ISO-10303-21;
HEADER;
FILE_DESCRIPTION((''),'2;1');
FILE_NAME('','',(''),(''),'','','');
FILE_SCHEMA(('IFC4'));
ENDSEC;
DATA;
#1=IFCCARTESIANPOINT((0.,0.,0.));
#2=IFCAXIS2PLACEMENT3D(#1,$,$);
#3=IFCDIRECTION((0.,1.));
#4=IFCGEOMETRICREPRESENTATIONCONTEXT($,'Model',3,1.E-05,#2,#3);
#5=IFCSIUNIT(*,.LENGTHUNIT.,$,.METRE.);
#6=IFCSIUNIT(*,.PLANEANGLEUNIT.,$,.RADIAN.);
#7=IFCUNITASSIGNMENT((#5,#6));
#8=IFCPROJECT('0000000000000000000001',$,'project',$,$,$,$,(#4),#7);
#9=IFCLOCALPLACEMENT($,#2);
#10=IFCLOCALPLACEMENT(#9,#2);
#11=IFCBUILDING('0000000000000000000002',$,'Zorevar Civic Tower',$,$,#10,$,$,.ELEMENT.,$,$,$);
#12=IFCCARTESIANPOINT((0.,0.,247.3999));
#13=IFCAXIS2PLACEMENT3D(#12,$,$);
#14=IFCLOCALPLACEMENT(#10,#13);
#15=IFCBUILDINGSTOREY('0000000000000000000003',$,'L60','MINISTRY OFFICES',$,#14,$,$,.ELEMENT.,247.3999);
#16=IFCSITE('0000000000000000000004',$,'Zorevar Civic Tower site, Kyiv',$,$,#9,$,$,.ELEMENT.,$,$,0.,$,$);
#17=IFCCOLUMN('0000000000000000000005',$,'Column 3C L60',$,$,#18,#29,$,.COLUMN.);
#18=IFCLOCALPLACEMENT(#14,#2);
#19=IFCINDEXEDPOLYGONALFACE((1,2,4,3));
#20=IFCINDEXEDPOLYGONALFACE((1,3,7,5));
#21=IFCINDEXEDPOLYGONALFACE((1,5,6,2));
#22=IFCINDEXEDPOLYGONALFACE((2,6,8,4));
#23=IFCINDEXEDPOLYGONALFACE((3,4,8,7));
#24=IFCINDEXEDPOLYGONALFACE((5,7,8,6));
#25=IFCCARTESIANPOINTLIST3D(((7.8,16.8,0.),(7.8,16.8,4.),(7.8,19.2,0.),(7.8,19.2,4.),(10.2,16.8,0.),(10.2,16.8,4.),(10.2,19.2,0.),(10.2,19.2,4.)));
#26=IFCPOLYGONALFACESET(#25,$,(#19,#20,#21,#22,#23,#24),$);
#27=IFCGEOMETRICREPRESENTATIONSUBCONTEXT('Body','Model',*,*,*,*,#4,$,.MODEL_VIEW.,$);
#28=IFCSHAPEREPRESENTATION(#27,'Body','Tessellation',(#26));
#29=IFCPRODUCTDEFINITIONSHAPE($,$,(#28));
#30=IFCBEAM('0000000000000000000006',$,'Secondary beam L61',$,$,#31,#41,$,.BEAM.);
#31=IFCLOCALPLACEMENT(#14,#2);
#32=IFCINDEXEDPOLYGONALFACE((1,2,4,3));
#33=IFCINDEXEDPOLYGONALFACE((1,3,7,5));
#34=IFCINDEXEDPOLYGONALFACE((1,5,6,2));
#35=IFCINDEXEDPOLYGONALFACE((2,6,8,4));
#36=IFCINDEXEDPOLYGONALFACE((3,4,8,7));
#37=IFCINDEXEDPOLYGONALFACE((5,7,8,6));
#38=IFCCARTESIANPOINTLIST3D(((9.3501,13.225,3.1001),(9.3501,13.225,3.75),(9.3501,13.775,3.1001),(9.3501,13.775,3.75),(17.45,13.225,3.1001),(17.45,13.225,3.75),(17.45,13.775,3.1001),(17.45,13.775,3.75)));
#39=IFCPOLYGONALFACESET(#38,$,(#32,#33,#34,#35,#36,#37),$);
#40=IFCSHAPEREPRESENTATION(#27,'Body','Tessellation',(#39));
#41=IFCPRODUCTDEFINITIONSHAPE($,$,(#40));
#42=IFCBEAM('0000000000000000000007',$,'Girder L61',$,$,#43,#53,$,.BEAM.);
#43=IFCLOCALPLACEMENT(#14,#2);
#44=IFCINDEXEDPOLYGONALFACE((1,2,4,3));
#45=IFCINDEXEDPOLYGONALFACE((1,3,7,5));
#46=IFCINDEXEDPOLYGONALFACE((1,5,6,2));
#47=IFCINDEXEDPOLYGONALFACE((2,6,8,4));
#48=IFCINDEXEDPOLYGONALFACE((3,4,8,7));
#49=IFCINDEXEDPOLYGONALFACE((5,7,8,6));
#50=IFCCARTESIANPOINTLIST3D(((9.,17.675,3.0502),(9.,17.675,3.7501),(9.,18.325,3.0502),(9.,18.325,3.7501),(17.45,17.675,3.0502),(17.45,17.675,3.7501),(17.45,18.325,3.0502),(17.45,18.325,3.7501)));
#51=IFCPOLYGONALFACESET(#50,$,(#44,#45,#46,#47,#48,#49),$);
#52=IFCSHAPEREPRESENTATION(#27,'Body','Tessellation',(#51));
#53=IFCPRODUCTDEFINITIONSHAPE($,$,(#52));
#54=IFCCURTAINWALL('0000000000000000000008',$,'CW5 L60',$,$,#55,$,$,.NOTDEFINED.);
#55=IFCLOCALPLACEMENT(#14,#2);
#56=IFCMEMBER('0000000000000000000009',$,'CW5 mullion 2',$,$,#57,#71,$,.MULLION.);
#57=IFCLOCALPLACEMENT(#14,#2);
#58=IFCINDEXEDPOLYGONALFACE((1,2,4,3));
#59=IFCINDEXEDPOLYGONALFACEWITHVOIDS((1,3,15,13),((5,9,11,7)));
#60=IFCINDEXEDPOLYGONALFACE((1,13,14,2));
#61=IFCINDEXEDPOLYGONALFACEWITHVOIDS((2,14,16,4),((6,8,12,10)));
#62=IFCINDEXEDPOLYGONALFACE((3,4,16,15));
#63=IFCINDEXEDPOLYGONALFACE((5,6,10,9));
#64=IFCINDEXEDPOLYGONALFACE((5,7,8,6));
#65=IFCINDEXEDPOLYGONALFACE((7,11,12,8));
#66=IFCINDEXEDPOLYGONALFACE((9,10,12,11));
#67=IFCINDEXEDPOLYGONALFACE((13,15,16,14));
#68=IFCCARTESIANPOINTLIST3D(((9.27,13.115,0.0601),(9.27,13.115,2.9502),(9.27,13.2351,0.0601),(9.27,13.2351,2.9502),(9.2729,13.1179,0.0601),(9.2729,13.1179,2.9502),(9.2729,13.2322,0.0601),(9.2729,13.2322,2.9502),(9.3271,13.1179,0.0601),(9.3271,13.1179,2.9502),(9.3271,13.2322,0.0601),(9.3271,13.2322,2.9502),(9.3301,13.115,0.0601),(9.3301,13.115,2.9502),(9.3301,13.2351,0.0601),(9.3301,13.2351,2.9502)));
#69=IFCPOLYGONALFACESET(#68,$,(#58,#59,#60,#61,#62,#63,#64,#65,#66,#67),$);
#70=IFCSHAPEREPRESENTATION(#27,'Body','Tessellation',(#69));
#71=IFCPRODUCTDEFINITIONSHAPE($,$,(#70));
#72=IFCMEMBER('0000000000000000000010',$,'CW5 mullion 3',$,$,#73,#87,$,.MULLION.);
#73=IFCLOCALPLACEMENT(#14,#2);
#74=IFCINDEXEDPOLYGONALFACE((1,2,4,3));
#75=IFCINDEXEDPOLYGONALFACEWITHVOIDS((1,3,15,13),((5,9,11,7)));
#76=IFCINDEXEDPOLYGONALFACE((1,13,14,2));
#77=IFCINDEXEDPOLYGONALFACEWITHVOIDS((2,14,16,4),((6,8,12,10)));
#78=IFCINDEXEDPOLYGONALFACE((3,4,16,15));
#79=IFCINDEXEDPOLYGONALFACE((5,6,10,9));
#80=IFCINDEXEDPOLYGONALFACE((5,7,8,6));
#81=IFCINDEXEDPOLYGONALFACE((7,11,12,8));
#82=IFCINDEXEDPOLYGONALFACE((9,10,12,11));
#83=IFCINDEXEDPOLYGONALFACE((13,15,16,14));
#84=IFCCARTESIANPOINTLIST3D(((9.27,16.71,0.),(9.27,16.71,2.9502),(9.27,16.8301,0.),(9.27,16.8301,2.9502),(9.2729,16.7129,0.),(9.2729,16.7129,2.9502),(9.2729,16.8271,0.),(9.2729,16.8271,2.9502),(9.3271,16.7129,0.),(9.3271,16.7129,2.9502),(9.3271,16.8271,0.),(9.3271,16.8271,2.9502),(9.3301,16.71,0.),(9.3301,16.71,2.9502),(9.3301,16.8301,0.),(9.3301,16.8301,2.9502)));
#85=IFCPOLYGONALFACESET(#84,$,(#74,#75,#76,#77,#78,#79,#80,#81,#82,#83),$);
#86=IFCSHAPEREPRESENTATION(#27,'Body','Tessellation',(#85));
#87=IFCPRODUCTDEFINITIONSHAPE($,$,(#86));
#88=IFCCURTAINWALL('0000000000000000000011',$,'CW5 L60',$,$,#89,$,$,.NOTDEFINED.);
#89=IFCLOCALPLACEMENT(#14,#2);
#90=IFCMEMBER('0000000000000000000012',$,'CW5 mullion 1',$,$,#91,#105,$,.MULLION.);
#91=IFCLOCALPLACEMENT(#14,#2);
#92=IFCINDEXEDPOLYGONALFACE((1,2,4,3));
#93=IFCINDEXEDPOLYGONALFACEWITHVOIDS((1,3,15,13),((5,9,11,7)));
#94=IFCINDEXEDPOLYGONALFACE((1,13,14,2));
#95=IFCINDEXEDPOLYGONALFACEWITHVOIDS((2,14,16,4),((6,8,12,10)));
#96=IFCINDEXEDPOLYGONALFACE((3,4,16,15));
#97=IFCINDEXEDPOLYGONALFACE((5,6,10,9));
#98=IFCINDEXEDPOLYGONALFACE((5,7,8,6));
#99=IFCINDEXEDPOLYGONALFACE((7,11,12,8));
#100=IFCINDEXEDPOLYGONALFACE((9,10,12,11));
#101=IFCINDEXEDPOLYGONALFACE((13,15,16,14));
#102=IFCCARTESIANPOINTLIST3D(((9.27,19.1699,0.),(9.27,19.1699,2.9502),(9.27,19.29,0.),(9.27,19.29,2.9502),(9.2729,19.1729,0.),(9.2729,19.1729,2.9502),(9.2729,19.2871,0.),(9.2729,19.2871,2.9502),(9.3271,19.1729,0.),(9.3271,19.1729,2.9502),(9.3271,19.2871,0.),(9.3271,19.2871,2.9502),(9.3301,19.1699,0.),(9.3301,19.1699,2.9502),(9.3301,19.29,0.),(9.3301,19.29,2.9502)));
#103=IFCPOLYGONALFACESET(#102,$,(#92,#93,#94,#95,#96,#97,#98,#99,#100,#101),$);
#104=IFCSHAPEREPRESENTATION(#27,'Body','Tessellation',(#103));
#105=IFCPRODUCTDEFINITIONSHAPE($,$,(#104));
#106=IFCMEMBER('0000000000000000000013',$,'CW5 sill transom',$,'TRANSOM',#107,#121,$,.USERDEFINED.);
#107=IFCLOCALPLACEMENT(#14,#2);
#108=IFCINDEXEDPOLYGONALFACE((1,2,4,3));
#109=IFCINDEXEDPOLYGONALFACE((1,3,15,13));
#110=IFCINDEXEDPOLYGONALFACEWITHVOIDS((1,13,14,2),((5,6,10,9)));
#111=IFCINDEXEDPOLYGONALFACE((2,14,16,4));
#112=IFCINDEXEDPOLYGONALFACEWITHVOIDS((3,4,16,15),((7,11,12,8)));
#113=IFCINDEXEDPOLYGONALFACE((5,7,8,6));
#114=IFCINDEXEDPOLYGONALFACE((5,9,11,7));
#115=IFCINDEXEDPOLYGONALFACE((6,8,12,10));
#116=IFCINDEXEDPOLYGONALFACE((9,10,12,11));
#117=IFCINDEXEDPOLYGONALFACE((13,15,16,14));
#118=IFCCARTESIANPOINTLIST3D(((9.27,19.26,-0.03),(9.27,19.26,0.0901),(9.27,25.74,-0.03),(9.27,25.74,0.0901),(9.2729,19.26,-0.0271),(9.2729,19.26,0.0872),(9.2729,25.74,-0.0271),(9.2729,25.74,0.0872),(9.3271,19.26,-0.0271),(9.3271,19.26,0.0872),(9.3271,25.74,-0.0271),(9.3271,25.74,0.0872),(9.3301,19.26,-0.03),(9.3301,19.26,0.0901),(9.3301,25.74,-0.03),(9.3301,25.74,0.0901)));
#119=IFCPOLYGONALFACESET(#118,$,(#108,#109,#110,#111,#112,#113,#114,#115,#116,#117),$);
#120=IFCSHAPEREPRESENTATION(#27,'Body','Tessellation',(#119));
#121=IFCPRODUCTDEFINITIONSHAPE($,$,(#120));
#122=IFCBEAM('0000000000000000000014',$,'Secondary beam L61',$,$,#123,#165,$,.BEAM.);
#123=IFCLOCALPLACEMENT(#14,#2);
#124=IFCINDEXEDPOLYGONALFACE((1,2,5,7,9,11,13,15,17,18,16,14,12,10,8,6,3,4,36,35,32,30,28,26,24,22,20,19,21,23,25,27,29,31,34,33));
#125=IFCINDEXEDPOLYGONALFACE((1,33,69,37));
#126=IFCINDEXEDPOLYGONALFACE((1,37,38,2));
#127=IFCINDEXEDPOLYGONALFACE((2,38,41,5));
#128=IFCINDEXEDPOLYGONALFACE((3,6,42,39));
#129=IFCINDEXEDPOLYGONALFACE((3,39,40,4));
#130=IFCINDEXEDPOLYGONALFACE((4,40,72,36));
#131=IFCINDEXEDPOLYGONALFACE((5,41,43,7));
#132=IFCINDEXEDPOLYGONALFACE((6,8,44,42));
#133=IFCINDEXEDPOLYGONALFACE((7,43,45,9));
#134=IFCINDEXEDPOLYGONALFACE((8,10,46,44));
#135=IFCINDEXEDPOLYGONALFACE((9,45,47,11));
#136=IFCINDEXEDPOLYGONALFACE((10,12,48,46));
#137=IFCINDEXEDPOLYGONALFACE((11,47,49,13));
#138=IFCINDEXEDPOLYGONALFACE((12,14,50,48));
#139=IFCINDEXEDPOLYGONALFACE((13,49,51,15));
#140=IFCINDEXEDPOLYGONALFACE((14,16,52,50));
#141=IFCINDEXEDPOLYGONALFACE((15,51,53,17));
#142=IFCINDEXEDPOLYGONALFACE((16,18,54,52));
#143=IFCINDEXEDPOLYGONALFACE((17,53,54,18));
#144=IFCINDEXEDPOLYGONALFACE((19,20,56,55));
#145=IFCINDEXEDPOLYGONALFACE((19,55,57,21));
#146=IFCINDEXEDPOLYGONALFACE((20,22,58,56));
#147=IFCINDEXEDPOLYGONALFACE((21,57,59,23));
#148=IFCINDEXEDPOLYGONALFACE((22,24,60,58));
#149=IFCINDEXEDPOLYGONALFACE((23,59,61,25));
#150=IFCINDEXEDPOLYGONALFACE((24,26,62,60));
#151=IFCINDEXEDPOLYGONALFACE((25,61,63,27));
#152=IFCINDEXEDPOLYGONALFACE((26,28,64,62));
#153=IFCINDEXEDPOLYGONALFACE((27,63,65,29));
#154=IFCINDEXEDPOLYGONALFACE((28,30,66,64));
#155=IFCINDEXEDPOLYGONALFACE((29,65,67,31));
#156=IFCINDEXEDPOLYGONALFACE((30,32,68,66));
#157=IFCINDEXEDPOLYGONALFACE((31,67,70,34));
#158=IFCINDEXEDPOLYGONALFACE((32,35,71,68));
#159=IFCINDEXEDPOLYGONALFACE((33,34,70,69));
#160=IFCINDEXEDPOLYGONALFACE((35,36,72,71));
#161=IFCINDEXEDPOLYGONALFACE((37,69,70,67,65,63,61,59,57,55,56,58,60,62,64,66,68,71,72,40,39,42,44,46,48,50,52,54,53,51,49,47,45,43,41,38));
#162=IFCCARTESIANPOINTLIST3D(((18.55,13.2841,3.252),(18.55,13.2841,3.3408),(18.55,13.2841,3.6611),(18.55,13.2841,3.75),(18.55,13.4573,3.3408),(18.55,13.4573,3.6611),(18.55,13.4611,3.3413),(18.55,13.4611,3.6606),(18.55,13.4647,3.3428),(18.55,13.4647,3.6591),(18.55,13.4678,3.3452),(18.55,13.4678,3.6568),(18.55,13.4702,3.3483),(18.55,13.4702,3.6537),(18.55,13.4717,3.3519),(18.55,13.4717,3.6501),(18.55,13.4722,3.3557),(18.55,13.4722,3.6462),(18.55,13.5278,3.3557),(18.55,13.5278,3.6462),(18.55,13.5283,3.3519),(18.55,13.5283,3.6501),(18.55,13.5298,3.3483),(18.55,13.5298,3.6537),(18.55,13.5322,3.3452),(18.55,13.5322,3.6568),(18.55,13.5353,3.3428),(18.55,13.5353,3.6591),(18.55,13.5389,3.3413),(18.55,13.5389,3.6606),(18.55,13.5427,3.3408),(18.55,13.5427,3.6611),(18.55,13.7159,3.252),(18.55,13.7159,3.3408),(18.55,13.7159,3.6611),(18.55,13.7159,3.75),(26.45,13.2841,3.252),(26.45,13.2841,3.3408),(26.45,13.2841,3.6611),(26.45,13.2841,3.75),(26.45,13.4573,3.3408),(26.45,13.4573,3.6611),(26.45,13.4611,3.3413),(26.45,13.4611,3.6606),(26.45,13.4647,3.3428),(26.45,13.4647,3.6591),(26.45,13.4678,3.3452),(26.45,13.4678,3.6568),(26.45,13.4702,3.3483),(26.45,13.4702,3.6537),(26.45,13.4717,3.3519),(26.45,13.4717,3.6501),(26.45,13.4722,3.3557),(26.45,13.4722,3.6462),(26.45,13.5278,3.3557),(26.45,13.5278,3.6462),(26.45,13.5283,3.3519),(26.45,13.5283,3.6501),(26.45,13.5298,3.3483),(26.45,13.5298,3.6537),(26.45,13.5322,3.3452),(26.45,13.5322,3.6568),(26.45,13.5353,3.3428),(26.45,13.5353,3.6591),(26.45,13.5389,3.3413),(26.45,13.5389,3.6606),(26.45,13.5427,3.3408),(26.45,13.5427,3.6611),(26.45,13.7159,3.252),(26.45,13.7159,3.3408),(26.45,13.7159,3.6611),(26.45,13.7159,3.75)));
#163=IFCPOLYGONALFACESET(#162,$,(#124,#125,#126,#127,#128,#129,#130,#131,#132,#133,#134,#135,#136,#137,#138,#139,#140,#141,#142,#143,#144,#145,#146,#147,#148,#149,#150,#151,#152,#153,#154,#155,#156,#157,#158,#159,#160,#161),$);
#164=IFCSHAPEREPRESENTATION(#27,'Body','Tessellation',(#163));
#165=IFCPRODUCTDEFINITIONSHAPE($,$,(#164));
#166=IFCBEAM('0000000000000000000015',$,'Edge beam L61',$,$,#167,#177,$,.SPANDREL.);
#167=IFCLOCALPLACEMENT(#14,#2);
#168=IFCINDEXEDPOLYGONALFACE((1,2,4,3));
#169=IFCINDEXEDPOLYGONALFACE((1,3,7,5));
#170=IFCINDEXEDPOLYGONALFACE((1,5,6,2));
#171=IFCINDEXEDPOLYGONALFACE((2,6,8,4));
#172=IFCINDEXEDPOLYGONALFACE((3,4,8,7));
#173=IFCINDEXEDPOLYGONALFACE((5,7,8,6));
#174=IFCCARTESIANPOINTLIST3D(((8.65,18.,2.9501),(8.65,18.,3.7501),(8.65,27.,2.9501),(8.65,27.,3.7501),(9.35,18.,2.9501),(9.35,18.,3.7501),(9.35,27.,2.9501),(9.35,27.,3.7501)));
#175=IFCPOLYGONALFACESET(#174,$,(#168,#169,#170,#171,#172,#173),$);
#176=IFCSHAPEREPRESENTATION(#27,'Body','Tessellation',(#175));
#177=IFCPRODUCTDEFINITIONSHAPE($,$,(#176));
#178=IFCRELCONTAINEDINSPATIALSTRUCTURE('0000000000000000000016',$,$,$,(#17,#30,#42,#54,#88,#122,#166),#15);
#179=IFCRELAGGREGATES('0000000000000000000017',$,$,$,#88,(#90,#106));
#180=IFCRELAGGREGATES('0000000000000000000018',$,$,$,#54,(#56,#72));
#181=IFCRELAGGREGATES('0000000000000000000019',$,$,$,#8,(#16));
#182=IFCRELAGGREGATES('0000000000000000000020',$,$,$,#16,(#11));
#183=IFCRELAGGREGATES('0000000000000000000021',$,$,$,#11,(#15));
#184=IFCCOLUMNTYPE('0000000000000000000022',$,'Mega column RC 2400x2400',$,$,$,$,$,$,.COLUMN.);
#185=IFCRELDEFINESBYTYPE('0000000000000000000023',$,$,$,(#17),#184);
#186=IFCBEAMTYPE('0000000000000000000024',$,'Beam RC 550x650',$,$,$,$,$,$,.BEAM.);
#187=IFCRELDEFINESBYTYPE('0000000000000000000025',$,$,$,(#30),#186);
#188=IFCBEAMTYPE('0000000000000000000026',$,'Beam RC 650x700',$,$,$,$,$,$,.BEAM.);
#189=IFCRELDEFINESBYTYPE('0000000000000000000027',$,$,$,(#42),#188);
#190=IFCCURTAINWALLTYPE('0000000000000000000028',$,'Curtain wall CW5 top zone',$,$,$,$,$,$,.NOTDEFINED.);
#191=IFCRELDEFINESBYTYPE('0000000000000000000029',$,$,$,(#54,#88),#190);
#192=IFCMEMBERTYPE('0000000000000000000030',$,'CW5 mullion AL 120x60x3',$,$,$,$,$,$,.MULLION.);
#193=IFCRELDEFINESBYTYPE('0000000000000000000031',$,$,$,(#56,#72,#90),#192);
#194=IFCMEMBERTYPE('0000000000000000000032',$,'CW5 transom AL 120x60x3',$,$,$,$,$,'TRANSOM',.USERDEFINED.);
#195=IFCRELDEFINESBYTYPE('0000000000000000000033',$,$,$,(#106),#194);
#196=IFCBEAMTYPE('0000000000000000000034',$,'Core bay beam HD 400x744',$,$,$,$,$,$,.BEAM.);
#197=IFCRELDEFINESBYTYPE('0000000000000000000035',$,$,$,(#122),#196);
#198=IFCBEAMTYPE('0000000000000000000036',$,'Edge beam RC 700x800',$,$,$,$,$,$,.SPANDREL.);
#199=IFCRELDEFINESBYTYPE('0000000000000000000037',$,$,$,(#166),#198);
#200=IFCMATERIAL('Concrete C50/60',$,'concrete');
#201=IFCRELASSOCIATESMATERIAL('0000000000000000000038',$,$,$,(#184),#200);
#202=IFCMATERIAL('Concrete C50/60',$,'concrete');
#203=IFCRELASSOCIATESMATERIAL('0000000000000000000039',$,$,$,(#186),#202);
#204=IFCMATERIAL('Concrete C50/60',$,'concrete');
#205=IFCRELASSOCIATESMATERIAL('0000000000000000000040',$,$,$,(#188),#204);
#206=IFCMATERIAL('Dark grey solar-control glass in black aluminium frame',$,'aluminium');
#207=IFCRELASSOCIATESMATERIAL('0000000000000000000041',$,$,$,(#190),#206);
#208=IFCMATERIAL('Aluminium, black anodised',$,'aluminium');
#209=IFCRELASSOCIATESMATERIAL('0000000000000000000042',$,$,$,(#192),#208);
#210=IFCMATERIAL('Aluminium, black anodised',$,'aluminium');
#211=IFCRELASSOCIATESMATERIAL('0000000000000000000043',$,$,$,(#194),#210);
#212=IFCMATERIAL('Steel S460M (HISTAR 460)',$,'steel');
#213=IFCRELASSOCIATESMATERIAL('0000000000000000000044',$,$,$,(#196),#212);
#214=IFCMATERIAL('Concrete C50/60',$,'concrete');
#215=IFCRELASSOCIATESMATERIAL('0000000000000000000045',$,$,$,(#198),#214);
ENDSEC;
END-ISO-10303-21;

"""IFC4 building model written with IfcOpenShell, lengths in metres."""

from ifc_helpers import new_model, si_unit, direction, frame, origin, origin_2d, place, context, subcontext, project, spatial, rectangle, hollow_rectangle, i_section, extrude, material, material_profile, profile_set, type_object, element, aggregate, save


model = new_model("IFC4")

# Units and contexts
model_context = context("Model", 3, precision=1e-05, world=origin(), true_north=direction((0.0, 1.0)))
body_context = subcontext(model_context, "Body", "Model", "MODEL_VIEW")
ifc_project = project(units=[si_unit("LENGTHUNIT", "METRE"), si_unit("PLANEANGLEUNIT", "RADIAN")], contexts=[model_context])

# Site, building, storey
site_placement = place(None, origin())
site = spatial("IfcSite", under=ifc_project, at=site_placement, Name="Zorevar Civic Tower site, Kyiv", CompositionType="ELEMENT", RefElevation=0.0)
building_placement = place(site_placement, origin())
building = spatial("IfcBuilding", under=site, at=building_placement, Name="Zorevar Civic Tower", CompositionType="ELEMENT")
storey_placement = place(building_placement, frame((0.0, 0.0, 247.3999)))
storey = spatial("IfcBuildingStorey", under=building, at=storey_placement, Name="L60", Description="MINISTRY OFFICES", CompositionType="ELEMENT", Elevation=247.3999)

# Column
ifc_material_1 = material(Name="Concrete C50/60", Category="concrete")
ifc_material_profile_1 = material_profile(ifc_material_1, rectangle(XDim=2.3999, YDim=2.3999, at=origin_2d()), Name="RC 2400x2400")
ifc_profile_set_1 = profile_set([ifc_material_profile_1], Name="Concrete C50/60")
column_type = type_object("IfcColumnType", Name="Mega column RC 2400x2400", PredefinedType="COLUMN", material=ifc_profile_set_1)
column_placement = place(storey_placement, frame((9.0, 18.0, 0.0), z_axis=(0.0, 0.0, 1.0), x_axis=(1.0, 0.0, 0.0)))
element("IfcColumn", 1, at=column_placement, inside=storey, type_object=column_type, Name="Column 3C L60", PredefinedType="COLUMN", context=body_context, shape_type="SweptSolid", body=[
    extrude(rectangle(XDim=2.3999, YDim=2.3999, at=origin_2d()), origin(), (0.0, 0.0, 1.0), 4.0),
])

# Beams
ifc_material_2 = material(Name="Concrete C50/60", Category="concrete")
ifc_material_profile_2 = material_profile(ifc_material_2, rectangle(XDim=0.55, YDim=0.6499, at=origin_2d()), Name="RC 550x650")
ifc_profile_set_2 = profile_set([ifc_material_profile_2], Name="Concrete C50/60")
beam_type_1 = type_object("IfcBeamType", Name="Beam RC 550x650", PredefinedType="BEAM", material=ifc_profile_set_2)
beam_1_placement = place(storey_placement, frame((9.3501, 13.5, 3.425), z_axis=(1.0, 0.0, 0.0), x_axis=(0.0, 1.0, 0.0)))
element("IfcBeam", 2, at=beam_1_placement, inside=storey, type_object=beam_type_1, Name="Secondary beam L61", PredefinedType="BEAM", context=body_context, shape_type="SweptSolid", body=[
    extrude(rectangle(XDim=0.55, YDim=0.6499, at=origin_2d()), origin(), (0.0, 0.0, 1.0), 8.0999),
])
ifc_material_3 = material(Name="Concrete C50/60", Category="concrete")
ifc_material_profile_3 = material_profile(ifc_material_3, rectangle(XDim=0.6499, YDim=0.7, at=origin_2d()), Name="RC 650x700")
ifc_profile_set_3 = profile_set([ifc_material_profile_3], Name="Concrete C50/60")
beam_type_2 = type_object("IfcBeamType", Name="Beam RC 650x700", PredefinedType="BEAM", material=ifc_profile_set_3)
beam_2_placement = place(storey_placement, frame((9.0, 18.0, 3.4001), z_axis=(1.0, 0.0, 0.0), x_axis=(0.0, 1.0, 0.0)))
element("IfcBeam", 3, at=beam_2_placement, inside=storey, type_object=beam_type_2, Name="Girder L61", PredefinedType="BEAM", context=body_context, shape_type="SweptSolid", body=[
    extrude(rectangle(XDim=0.6499, YDim=0.7, at=origin_2d()), origin(), (0.0, 0.0, 1.0), 8.45),
])

# Curtain walls, members
ifc_material_4 = material(Name="Dark grey solar-control glass in black aluminium frame", Category="aluminium")
curtain_wall_type = type_object("IfcCurtainWallType", Name="Curtain wall CW5 top zone", PredefinedType="NOTDEFINED", material=ifc_material_4)
curtain_wall_1_placement = place(storey_placement, origin())
curtain_wall_1 = element("IfcCurtainWall", 4, at=curtain_wall_1_placement, inside=storey, type_object=curtain_wall_type, Name="CW5 L60", PredefinedType="NOTDEFINED")
ifc_material_5 = material(Name="Aluminium, black anodised", Category="aluminium")
ifc_material_profile_4 = material_profile(ifc_material_5, hollow_rectangle(XDim=0.0601, YDim=0.1201, WallThickness=0.0029, at=origin_2d()), Name="AL 120x60x3")
ifc_profile_set_4 = profile_set([ifc_material_profile_4], Name="Aluminium, black anodised")
member_type_1 = type_object("IfcMemberType", Name="CW5 mullion AL 120x60x3", PredefinedType="MULLION", material=ifc_profile_set_4)
member_1_placement = place(storey_placement, frame((9.3, 13.175, 0.0601), z_axis=(0.0, 0.0, 1.0), x_axis=(-1.0, 0.0, 0.0)))
member_1 = element("IfcMember", 5, at=member_1_placement, type_object=member_type_1, Name="CW5 mullion 2", PredefinedType="MULLION", context=body_context, shape_type="SweptSolid", body=[
    extrude(hollow_rectangle(XDim=0.0601, YDim=0.1201, WallThickness=0.0029, at=origin_2d()), origin(), (0.0, 0.0, 1.0), 2.8901),
])
member_2_placement = place(storey_placement, frame((9.3, 16.77, 0.0), z_axis=(0.0, 0.0, 1.0), x_axis=(-1.0, 0.0, 0.0)))
member_2 = element("IfcMember", 6, at=member_2_placement, type_object=member_type_1, Name="CW5 mullion 3", PredefinedType="MULLION", context=body_context, shape_type="SweptSolid", body=[
    extrude(hollow_rectangle(XDim=0.0601, YDim=0.1201, WallThickness=0.0029, at=origin_2d()), origin(), (0.0, 0.0, 1.0), 2.9502),
])
curtain_wall_2_placement = place(storey_placement, origin())
curtain_wall_2 = element("IfcCurtainWall", 7, at=curtain_wall_2_placement, inside=storey, type_object=curtain_wall_type, Name="CW5 L60", PredefinedType="NOTDEFINED")
member_3_placement = place(storey_placement, frame((9.3, 19.23, 0.0), z_axis=(0.0, 0.0, 1.0), x_axis=(-1.0, 0.0, 0.0)))
member_3 = element("IfcMember", 8, at=member_3_placement, type_object=member_type_1, Name="CW5 mullion 1", PredefinedType="MULLION", context=body_context, shape_type="SweptSolid", body=[
    extrude(hollow_rectangle(XDim=0.0601, YDim=0.1201, WallThickness=0.0029, at=origin_2d()), origin(), (0.0, 0.0, 1.0), 2.9502),
])
ifc_material_6 = material(Name="Aluminium, black anodised", Category="aluminium")
ifc_material_profile_5 = material_profile(ifc_material_6, hollow_rectangle(XDim=0.0601, YDim=0.1201, WallThickness=0.0029, at=origin_2d()), Name="AL 120x60x3")
ifc_profile_set_5 = profile_set([ifc_material_profile_5], Name="Aluminium, black anodised")
member_type_2 = type_object("IfcMemberType", Name="CW5 transom AL 120x60x3", ElementType="TRANSOM", PredefinedType="USERDEFINED", material=ifc_profile_set_5)
member_4_placement = place(storey_placement, frame((9.3, 19.26, 0.03), z_axis=(0.0, 1.0, 0.0), x_axis=(-1.0, 0.0, 0.0)))
member_4 = element("IfcMember", 9, at=member_4_placement, type_object=member_type_2, Name="CW5 sill transom", ObjectType="TRANSOM", PredefinedType="USERDEFINED", context=body_context, shape_type="SweptSolid", body=[
    extrude(hollow_rectangle(XDim=0.0601, YDim=0.1201, WallThickness=0.0029, at=origin_2d()), origin(), (0.0, 0.0, 1.0), 6.48),
])
aggregate(curtain_wall_2, [member_3, member_4])

# Beams
ifc_material_7 = material(Name="Steel S460M (HISTAR 460)", Category="steel")
ifc_material_profile_6 = material_profile(ifc_material_7, i_section(OverallWidth=0.4319, OverallDepth=0.498, WebThickness=0.0557, FlangeThickness=0.0889, FilletRadius=0.0149, at=origin_2d()), Name="HD 400x744")
ifc_profile_set_6 = profile_set([ifc_material_profile_6], Name="Steel S460M (HISTAR 460)")
beam_type_3 = type_object("IfcBeamType", Name="Core bay beam HD 400x744", PredefinedType="BEAM", material=ifc_profile_set_6)
beam_3_placement = place(storey_placement, frame((18.55, 13.5, 3.501), z_axis=(1.0, 0.0, 0.0), x_axis=(0.0, 1.0, 0.0)))
element("IfcBeam", 10, at=beam_3_placement, inside=storey, type_object=beam_type_3, Name="Secondary beam L61", PredefinedType="BEAM", context=body_context, shape_type="SweptSolid", body=[
    extrude(i_section(OverallWidth=0.4319, OverallDepth=0.498, WebThickness=0.0557, FlangeThickness=0.0889, FilletRadius=0.0149, at=origin_2d()), origin(), (0.0, 0.0, 1.0), 7.8999),
])
ifc_material_8 = material(Name="Concrete C50/60", Category="concrete")
ifc_material_profile_7 = material_profile(ifc_material_8, rectangle(XDim=0.7, YDim=0.8, at=origin_2d()), Name="RC 700x800")
ifc_profile_set_7 = profile_set([ifc_material_profile_7], Name="Concrete C50/60")
beam_type_4 = type_object("IfcBeamType", Name="Edge beam RC 700x800", PredefinedType="SPANDREL", material=ifc_profile_set_7)
beam_4_placement = place(storey_placement, frame((9.0, 18.0, 3.3501), z_axis=(0.0, 1.0, 0.0), x_axis=(-1.0, 0.0, 0.0)))
element("IfcBeam", 11, at=beam_4_placement, inside=storey, type_object=beam_type_4, Name="Edge beam L61", PredefinedType="SPANDREL", context=body_context, shape_type="SweptSolid", body=[
    extrude(rectangle(XDim=0.7, YDim=0.8, at=origin_2d()), origin(), (0.0, 0.0, 1.0), 9.0),
])

aggregate(curtain_wall_1, [member_1, member_2])

save(model, "model.ifc")
